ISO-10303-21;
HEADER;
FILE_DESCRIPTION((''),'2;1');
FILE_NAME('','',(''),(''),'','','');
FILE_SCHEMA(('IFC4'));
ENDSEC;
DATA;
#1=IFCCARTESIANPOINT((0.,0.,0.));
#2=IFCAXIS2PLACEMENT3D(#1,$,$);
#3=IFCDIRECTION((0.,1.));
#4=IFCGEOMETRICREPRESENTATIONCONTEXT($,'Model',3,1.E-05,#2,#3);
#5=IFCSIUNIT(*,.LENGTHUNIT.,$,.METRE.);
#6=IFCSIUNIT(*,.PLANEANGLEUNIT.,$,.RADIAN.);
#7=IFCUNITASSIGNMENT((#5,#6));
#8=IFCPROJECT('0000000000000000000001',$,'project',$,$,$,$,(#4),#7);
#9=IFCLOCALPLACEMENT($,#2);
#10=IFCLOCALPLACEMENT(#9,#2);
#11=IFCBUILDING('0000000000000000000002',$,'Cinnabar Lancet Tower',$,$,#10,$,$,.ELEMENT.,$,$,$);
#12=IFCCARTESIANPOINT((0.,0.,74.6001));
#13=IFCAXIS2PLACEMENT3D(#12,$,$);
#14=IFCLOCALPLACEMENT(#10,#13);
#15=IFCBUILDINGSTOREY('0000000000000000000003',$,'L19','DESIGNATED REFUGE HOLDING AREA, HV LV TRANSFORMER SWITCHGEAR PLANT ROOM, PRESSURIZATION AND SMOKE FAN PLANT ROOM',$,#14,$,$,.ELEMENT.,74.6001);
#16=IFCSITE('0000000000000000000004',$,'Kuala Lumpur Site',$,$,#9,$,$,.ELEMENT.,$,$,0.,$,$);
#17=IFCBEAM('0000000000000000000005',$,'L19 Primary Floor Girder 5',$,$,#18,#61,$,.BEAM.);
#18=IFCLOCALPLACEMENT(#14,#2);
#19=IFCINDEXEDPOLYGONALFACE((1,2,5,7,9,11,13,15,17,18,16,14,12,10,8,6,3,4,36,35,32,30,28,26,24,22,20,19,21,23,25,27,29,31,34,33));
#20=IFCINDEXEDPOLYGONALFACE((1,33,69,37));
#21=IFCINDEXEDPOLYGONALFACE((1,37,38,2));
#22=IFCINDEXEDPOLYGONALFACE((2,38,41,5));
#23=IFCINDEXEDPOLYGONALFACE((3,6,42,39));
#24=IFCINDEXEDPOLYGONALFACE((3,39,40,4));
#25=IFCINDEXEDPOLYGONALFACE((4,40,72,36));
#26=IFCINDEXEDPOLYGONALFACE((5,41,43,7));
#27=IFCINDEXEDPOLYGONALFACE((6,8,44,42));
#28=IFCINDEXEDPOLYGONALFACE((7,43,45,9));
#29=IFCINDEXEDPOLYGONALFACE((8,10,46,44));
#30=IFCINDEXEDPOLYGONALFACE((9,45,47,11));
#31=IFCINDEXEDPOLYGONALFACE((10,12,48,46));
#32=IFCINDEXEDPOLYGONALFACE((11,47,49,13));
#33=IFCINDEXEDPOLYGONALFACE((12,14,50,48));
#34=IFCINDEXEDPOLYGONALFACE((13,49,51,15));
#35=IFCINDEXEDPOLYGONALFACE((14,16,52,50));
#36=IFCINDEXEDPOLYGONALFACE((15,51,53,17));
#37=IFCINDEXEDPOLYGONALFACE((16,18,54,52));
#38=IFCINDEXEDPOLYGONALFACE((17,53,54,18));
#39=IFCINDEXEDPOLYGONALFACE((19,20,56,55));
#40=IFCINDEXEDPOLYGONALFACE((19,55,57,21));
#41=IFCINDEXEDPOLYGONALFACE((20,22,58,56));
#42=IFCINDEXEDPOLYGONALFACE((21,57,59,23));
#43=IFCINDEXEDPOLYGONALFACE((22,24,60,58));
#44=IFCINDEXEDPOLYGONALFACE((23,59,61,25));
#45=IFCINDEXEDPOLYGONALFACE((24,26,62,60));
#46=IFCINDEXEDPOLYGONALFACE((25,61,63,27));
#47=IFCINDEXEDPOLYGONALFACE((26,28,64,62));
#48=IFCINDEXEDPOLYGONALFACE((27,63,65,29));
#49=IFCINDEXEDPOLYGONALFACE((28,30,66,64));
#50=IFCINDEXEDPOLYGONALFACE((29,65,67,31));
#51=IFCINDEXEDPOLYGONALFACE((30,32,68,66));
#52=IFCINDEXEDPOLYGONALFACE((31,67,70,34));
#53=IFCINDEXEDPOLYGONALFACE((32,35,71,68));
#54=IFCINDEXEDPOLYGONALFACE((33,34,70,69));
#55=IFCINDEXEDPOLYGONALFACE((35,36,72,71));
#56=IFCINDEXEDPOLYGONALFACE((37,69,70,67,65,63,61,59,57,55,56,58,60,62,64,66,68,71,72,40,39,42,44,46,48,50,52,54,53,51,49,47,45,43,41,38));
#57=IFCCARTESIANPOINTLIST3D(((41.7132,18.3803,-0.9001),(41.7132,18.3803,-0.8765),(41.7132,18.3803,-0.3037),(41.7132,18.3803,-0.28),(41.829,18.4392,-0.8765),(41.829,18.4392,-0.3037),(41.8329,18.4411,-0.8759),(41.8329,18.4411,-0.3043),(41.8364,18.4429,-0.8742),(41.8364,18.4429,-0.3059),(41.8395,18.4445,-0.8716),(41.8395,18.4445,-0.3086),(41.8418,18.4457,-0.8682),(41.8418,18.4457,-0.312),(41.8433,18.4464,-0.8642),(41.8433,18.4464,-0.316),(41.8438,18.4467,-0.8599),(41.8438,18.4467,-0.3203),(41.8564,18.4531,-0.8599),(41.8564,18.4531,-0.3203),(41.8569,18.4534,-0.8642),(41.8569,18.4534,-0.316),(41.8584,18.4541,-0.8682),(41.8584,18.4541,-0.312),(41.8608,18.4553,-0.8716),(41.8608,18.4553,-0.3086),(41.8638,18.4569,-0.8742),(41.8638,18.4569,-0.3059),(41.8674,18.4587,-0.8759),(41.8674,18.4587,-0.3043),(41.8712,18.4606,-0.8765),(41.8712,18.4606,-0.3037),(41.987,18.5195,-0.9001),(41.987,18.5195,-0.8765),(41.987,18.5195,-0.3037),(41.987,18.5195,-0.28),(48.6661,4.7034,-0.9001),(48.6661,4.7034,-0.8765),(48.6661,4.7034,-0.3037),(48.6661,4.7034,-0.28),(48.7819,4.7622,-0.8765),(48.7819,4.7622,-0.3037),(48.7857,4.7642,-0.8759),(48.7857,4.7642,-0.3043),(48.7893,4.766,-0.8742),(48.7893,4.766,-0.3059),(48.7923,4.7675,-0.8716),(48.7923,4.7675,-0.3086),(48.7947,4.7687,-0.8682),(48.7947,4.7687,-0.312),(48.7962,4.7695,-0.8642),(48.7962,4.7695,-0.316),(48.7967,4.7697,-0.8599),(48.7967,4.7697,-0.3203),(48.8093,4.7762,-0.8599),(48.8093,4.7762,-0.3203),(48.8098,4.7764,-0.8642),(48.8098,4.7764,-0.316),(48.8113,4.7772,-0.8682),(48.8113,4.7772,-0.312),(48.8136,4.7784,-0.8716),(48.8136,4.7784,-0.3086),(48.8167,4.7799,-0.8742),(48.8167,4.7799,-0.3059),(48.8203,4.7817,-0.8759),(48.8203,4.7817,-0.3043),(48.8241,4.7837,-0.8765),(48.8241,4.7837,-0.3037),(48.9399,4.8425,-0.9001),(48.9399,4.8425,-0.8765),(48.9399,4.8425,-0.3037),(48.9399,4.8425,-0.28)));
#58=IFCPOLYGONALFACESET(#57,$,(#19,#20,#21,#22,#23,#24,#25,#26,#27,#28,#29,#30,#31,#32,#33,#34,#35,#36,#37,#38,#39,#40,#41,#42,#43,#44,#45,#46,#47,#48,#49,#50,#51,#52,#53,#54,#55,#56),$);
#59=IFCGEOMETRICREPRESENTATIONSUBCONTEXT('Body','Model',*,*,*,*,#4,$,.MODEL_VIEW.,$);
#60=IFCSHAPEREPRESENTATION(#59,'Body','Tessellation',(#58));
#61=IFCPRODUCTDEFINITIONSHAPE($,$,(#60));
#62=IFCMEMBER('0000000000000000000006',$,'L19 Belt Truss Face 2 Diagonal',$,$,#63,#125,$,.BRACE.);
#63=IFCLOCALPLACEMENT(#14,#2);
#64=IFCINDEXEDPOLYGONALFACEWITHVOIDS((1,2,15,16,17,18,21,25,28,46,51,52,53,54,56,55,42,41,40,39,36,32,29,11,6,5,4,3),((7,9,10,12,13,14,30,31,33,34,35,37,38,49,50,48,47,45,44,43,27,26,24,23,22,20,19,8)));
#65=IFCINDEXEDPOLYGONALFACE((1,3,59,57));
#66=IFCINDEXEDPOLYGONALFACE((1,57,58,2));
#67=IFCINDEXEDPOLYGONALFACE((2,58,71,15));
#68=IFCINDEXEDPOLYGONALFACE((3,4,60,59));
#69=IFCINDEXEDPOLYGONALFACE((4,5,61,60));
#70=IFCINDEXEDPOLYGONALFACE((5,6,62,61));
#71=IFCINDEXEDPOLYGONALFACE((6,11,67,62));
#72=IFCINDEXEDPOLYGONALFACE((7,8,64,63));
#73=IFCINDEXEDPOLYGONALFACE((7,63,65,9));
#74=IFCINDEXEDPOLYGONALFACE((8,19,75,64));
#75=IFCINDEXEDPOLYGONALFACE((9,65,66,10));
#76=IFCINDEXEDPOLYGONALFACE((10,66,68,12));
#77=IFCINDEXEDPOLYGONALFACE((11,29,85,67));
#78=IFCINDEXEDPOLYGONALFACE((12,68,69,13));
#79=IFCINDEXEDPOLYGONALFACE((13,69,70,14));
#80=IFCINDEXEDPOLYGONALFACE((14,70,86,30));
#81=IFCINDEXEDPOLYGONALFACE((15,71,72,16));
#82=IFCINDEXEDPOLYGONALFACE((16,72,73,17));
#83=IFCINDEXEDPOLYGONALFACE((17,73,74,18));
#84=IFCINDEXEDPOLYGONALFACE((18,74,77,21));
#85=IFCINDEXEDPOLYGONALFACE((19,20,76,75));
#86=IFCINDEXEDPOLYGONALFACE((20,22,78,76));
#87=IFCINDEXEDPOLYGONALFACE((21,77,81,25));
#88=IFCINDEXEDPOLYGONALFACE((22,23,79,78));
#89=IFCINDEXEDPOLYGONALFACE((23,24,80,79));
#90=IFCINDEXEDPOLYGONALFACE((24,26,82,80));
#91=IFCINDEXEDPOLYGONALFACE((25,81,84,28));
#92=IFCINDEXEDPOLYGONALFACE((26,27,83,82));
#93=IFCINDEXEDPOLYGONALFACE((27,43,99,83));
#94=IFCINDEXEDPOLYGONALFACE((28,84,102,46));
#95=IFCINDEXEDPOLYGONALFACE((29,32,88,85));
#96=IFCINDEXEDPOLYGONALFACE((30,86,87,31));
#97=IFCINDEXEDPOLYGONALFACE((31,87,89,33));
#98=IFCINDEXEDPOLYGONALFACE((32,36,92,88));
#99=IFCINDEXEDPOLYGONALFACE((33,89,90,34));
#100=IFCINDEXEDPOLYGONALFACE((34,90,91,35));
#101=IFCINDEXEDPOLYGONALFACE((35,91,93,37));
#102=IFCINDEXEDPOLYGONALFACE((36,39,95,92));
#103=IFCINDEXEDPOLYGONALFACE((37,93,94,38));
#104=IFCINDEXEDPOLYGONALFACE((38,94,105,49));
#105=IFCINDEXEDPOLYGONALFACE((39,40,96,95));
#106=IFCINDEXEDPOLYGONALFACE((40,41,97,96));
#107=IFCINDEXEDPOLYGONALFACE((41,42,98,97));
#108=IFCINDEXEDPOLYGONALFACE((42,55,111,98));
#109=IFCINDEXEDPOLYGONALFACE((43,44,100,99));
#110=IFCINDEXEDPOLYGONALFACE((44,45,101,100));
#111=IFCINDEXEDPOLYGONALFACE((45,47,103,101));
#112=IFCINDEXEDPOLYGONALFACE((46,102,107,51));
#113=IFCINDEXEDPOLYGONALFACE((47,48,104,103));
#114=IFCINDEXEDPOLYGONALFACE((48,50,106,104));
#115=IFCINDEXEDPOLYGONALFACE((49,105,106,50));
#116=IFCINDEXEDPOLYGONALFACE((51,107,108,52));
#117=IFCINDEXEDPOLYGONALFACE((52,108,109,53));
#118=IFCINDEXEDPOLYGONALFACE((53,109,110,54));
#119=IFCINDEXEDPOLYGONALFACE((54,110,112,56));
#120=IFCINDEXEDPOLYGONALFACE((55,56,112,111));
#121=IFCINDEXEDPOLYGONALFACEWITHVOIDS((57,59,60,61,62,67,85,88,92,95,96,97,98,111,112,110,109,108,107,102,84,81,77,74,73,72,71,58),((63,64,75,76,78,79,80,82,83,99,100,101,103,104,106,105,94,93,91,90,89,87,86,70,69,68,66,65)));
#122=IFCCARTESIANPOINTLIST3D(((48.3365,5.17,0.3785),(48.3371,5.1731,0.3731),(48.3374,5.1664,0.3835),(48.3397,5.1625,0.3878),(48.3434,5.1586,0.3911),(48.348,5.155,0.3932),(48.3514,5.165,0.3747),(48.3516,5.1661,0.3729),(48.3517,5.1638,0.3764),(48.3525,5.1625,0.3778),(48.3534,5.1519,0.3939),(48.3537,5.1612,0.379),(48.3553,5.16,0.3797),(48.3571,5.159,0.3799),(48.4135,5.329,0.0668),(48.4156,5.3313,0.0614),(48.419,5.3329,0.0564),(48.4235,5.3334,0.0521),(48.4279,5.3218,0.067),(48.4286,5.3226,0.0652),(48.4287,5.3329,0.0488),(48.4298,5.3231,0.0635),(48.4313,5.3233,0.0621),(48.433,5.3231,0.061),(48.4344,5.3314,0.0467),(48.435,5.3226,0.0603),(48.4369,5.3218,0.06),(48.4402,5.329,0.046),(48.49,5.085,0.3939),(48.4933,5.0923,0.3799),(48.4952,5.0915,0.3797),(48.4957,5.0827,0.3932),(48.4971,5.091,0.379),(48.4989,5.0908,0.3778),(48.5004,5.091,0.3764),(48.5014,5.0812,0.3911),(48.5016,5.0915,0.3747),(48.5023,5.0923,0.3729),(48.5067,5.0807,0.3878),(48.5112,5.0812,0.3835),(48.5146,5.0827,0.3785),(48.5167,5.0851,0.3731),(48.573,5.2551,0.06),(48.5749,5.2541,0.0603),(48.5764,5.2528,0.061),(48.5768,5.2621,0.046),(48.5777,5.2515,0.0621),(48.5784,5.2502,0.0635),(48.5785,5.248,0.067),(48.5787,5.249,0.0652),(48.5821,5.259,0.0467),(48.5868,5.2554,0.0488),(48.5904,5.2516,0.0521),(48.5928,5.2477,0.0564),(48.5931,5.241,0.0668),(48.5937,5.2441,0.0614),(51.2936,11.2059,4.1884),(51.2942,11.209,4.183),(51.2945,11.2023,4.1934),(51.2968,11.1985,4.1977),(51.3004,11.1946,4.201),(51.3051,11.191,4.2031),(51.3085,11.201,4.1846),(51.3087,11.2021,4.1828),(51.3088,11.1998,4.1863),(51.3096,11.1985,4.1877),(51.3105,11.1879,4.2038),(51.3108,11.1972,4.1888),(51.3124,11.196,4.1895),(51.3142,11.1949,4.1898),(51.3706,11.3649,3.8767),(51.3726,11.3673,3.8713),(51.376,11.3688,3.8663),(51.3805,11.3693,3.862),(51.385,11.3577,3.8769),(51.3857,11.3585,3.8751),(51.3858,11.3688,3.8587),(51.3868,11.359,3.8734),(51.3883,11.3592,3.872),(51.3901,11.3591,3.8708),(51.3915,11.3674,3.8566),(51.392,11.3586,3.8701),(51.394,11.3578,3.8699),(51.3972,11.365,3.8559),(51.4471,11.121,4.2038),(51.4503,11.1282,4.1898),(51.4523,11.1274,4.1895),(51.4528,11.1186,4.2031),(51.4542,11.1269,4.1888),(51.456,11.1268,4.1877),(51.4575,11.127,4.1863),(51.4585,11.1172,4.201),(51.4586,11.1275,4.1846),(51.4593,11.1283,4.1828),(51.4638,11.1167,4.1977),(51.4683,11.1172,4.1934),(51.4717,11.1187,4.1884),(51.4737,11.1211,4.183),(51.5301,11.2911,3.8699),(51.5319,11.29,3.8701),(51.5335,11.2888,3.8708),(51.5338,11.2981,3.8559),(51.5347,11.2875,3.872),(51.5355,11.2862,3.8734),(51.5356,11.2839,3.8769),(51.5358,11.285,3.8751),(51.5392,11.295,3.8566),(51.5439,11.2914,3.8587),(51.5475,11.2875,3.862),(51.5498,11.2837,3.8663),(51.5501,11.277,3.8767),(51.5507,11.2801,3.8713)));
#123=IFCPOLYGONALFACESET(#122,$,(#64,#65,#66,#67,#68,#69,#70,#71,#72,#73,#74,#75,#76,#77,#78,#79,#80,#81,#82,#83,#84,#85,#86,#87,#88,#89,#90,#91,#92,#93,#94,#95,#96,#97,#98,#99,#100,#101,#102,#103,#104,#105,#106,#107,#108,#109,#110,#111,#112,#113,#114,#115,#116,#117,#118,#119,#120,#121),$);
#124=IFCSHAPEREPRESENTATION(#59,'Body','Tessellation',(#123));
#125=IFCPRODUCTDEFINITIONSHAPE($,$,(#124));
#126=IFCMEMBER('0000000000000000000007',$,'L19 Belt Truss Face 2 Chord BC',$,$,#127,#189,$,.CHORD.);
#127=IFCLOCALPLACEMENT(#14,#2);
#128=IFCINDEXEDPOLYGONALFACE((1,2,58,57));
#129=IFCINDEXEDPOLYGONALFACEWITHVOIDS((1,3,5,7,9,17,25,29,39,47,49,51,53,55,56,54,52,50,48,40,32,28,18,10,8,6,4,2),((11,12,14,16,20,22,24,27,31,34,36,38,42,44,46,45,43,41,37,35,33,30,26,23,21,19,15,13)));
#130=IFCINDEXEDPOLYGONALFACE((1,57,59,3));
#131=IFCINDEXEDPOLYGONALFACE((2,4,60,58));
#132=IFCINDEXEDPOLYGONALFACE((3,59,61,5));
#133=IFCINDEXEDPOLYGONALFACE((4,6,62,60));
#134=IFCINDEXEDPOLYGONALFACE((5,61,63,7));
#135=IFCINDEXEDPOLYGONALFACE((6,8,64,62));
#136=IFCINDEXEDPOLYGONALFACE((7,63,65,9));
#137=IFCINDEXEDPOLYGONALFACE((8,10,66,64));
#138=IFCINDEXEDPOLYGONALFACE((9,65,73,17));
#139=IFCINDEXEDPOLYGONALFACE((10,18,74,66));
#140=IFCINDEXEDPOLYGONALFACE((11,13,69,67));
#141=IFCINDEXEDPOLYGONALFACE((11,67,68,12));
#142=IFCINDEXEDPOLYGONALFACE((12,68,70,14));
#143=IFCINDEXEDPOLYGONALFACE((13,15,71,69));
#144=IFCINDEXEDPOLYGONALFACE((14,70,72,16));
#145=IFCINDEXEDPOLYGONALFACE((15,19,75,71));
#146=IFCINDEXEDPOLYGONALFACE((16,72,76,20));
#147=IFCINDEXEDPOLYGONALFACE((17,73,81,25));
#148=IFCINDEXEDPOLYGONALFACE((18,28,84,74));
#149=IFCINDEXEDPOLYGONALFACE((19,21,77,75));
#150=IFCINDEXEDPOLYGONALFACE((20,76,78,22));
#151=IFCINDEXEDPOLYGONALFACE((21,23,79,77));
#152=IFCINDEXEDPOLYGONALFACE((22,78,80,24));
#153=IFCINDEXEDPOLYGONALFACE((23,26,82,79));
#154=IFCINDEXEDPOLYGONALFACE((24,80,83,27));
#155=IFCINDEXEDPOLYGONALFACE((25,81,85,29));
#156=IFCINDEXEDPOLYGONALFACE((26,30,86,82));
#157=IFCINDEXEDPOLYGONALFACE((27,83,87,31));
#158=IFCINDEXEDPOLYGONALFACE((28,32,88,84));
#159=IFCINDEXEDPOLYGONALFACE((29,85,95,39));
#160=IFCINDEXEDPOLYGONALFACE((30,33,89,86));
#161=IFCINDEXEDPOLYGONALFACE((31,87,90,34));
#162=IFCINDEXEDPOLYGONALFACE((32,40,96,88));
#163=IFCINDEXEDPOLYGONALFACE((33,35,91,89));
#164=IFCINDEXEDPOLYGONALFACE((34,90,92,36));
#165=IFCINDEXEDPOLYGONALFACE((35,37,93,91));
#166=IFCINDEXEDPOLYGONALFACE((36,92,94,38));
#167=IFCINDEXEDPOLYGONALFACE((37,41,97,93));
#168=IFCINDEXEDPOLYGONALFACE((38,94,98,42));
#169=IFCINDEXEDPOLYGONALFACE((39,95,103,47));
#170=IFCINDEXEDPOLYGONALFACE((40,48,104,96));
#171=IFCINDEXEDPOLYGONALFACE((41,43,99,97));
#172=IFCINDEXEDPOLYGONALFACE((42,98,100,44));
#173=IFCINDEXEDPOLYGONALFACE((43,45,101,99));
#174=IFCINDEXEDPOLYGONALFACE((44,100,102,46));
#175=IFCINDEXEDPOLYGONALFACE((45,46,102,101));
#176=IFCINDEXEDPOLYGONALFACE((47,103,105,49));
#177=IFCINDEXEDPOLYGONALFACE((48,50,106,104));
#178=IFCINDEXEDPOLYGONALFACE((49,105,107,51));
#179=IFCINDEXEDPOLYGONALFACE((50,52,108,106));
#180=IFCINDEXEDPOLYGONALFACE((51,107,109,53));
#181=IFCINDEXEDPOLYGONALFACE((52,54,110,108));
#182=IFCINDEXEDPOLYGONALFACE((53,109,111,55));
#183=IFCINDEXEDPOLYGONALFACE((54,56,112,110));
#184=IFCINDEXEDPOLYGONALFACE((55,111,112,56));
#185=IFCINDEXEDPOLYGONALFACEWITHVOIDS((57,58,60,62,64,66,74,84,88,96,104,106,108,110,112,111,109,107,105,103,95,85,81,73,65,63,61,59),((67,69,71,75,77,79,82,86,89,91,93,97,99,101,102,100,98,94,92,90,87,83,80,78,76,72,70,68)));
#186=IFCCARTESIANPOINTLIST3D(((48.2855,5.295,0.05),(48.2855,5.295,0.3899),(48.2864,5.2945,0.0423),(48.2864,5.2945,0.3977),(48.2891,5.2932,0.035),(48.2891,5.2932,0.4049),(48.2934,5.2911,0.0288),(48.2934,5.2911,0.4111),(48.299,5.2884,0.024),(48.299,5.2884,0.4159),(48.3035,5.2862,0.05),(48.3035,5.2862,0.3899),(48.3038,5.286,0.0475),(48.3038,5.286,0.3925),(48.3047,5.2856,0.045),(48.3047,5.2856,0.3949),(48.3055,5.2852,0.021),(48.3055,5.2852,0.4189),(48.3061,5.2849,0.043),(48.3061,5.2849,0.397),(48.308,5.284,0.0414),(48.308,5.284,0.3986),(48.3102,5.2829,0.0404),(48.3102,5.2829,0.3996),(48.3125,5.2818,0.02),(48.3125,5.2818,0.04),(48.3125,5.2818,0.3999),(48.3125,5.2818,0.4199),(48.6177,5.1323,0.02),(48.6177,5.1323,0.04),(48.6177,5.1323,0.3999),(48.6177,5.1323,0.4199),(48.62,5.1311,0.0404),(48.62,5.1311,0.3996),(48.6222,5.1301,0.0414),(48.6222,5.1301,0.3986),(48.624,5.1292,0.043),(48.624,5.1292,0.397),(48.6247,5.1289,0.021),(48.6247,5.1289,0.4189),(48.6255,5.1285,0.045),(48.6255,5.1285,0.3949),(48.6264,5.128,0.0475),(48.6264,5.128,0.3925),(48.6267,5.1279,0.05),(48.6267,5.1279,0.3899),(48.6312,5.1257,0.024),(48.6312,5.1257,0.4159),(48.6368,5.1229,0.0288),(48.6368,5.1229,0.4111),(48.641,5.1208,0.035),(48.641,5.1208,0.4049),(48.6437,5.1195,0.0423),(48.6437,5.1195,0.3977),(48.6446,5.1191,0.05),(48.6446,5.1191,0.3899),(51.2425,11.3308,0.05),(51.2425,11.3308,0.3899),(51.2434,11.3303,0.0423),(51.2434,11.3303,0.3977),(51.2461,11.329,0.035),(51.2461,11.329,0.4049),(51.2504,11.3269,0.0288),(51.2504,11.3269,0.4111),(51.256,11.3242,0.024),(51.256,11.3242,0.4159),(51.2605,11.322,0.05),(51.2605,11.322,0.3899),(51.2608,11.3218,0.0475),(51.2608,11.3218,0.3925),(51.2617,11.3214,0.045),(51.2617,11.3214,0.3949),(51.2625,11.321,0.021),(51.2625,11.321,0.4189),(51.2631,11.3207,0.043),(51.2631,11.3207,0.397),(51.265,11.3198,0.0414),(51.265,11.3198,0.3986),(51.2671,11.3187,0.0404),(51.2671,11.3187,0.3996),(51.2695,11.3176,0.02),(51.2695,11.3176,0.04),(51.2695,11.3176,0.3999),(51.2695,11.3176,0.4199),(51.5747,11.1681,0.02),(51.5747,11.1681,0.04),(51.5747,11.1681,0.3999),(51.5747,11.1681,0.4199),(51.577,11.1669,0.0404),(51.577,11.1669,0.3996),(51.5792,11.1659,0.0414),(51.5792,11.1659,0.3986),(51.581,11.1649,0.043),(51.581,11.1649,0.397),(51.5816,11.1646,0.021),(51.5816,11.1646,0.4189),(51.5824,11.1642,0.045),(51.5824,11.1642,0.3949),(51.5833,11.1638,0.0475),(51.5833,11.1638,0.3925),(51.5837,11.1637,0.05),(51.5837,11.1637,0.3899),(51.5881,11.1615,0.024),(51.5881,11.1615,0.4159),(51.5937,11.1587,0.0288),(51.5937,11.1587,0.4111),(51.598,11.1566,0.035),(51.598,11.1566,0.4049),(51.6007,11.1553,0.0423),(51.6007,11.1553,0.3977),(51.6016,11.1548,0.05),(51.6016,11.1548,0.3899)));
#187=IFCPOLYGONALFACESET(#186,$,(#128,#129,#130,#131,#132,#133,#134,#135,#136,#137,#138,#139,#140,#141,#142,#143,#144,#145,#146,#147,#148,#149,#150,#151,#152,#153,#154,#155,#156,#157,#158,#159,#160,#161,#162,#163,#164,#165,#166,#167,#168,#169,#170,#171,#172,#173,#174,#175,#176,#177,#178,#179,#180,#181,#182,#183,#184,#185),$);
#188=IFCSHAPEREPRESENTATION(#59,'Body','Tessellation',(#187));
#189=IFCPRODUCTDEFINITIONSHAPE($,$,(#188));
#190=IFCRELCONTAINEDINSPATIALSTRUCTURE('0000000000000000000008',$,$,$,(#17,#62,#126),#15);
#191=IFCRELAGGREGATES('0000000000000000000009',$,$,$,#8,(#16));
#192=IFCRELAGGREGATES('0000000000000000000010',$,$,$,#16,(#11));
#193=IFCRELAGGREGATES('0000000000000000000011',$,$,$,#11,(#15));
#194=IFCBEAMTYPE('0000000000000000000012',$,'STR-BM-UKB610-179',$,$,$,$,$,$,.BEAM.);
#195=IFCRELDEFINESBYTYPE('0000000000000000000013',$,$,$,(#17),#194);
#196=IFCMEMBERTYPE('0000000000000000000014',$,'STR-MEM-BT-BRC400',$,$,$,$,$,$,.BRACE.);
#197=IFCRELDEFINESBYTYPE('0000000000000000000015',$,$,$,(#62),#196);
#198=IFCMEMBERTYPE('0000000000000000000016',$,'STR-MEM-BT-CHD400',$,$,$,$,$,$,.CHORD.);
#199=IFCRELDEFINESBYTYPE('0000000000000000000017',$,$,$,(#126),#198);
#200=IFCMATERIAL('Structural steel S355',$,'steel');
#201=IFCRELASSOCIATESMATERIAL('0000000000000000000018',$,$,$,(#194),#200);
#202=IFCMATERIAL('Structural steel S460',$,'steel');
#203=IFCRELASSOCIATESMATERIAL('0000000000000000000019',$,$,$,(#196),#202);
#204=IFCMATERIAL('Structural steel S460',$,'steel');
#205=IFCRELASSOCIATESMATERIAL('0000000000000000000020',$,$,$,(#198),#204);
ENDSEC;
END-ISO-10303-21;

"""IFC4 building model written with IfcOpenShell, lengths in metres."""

from ifc_helpers import new_model, si_unit, direction, frame, origin, origin_2d, place, context, subcontext, project, spatial, hollow_rectangle, i_section, extrude, material, material_profile, profile_set, type_object, element, save


model = new_model("IFC4")

# Units and contexts
model_context = context("Model", 3, precision=1e-05, world=origin(), true_north=direction((0.0, 1.0)))
body_context = subcontext(model_context, "Body", "Model", "MODEL_VIEW")
ifc_project = project(units=[si_unit("LENGTHUNIT", "METRE"), si_unit("PLANEANGLEUNIT", "RADIAN")], contexts=[model_context])

# Site, building, storey
site_placement = place(None, origin())
site = spatial("IfcSite", under=ifc_project, at=site_placement, Name="Kuala Lumpur Site", CompositionType="ELEMENT", RefElevation=0.0)
building_placement = place(site_placement, origin())
building = spatial("IfcBuilding", under=site, at=building_placement, Name="Cinnabar Lancet Tower", CompositionType="ELEMENT")
storey_placement = place(building_placement, frame((0.0, 0.0, 74.6001)))
storey = spatial("IfcBuildingStorey", under=building, at=storey_placement, Name="L19", Description="DESIGNATED REFUGE HOLDING AREA, HV LV TRANSFORMER SWITCHGEAR PLANT ROOM, PRESSURIZATION AND SMOKE FAN PLANT ROOM", CompositionType="ELEMENT", Elevation=74.6001)

# Beam
ifc_material_1 = material(Name="Structural steel S355", Category="steel")
ifc_material_profile_1 = material_profile(ifc_material_1, i_section(OverallWidth=0.3071, OverallDepth=0.6201, WebThickness=0.0142, FlangeThickness=0.0237, FilletRadius=0.0166, at=origin_2d()), Name="UKB 610x305x179")
ifc_profile_set_1 = profile_set([ifc_material_profile_1], Name="Structural steel S355")
beam_type_1 = type_object("IfcBeamType", Name="STR-BM-UKB610-179", PredefinedType="BEAM", material=ifc_profile_set_1)
beam_1_placement = place(storey_placement, frame((48.803, 4.7729, -0.5901), z_axis=(-0.453168, 0.891425, 0.0), x_axis=(-0.891425, -0.453168, 0.0)))
element("IfcBeam", 1, at=beam_1_placement, inside=storey, type_object=beam_type_1, Name="L19 Primary Floor Girder 5", PredefinedType="BEAM", context=body_context, shape_type="SweptSolid", body=[
    extrude(i_section(OverallWidth=0.3071, OverallDepth=0.6201, WebThickness=0.0142, FlangeThickness=0.0237, FilletRadius=0.0166, at=origin_2d()), origin(), (0.0, 0.0, 1.0), 15.3428),
])

# Members
ifc_material_2 = material(Name="Structural steel S460", Category="steel")
ifc_material_profile_2 = material_profile(ifc_material_2, hollow_rectangle(XDim=0.2, YDim=0.3999, WallThickness=0.0161, InnerFilletRadius=0.0081, OuterFilletRadius=0.0239, at=origin_2d()), Name="RHS 400x200x16")
ifc_profile_set_2 = profile_set([ifc_material_profile_2], Name="Structural steel S460")
member_type_1 = type_object("IfcMemberType", Name="STR-MEM-BT-BRC400", PredefinedType="BRACE", material=ifc_profile_set_2)
member_placement = place(storey_placement, frame((48.4651, 5.207, 0.22), z_axis=(0.382739, 0.781246, 0.493118), x_axis=(-0.898023, 0.439949, 0.0)))
element("IfcMember", 2, at=member_placement, inside=storey, type_object=member_type_1, Name="L19 Belt Truss Face 2 Diagonal", PredefinedType="BRACE", context=body_context, shape_type="SweptSolid", body=[
    extrude(hollow_rectangle(XDim=0.2, YDim=0.3999, WallThickness=0.0161, InnerFilletRadius=0.0081, OuterFilletRadius=0.0239, at=origin_2d()), origin(), (0.0, 0.0, 1.0), 7.7261),
])
ifc_material_3 = material(Name="Structural steel S460", Category="steel")
ifc_material_profile_3 = material_profile(ifc_material_3, hollow_rectangle(XDim=0.3999, YDim=0.3999, WallThickness=0.02, InnerFilletRadius=0.01, OuterFilletRadius=0.03, at=origin_2d()), Name="SHS 400x400x20")
ifc_profile_set_3 = profile_set([ifc_material_profile_3], Name="Structural steel S460")
member_type_2 = type_object("IfcMemberType", Name="STR-MEM-BT-CHD400", PredefinedType="CHORD", material=ifc_profile_set_3)
for number, where, z_axis, x_axis, name in (
    (3, (48.4651, 5.207, 0.22), (0.439949, 0.898023, 0.0), (-0.898023, 0.439949, 0.0), "L19 Belt Truss Face 2 Chord BC"),
):
    element("IfcMember", number, at=place(storey_placement, frame(where, z_axis=z_axis, x_axis=x_axis)), inside=storey, type_object=member_type_2, Name=name, PredefinedType="CHORD", context=body_context, shape_type="SweptSolid", body=[
        extrude(hollow_rectangle(XDim=0.3999, YDim=0.3999, WallThickness=0.02, InnerFilletRadius=0.01, OuterFilletRadius=0.03, at=origin_2d()), origin(), (0.0, 0.0, 1.0), 6.7212),
    ])

save(model, "model.ifc")
